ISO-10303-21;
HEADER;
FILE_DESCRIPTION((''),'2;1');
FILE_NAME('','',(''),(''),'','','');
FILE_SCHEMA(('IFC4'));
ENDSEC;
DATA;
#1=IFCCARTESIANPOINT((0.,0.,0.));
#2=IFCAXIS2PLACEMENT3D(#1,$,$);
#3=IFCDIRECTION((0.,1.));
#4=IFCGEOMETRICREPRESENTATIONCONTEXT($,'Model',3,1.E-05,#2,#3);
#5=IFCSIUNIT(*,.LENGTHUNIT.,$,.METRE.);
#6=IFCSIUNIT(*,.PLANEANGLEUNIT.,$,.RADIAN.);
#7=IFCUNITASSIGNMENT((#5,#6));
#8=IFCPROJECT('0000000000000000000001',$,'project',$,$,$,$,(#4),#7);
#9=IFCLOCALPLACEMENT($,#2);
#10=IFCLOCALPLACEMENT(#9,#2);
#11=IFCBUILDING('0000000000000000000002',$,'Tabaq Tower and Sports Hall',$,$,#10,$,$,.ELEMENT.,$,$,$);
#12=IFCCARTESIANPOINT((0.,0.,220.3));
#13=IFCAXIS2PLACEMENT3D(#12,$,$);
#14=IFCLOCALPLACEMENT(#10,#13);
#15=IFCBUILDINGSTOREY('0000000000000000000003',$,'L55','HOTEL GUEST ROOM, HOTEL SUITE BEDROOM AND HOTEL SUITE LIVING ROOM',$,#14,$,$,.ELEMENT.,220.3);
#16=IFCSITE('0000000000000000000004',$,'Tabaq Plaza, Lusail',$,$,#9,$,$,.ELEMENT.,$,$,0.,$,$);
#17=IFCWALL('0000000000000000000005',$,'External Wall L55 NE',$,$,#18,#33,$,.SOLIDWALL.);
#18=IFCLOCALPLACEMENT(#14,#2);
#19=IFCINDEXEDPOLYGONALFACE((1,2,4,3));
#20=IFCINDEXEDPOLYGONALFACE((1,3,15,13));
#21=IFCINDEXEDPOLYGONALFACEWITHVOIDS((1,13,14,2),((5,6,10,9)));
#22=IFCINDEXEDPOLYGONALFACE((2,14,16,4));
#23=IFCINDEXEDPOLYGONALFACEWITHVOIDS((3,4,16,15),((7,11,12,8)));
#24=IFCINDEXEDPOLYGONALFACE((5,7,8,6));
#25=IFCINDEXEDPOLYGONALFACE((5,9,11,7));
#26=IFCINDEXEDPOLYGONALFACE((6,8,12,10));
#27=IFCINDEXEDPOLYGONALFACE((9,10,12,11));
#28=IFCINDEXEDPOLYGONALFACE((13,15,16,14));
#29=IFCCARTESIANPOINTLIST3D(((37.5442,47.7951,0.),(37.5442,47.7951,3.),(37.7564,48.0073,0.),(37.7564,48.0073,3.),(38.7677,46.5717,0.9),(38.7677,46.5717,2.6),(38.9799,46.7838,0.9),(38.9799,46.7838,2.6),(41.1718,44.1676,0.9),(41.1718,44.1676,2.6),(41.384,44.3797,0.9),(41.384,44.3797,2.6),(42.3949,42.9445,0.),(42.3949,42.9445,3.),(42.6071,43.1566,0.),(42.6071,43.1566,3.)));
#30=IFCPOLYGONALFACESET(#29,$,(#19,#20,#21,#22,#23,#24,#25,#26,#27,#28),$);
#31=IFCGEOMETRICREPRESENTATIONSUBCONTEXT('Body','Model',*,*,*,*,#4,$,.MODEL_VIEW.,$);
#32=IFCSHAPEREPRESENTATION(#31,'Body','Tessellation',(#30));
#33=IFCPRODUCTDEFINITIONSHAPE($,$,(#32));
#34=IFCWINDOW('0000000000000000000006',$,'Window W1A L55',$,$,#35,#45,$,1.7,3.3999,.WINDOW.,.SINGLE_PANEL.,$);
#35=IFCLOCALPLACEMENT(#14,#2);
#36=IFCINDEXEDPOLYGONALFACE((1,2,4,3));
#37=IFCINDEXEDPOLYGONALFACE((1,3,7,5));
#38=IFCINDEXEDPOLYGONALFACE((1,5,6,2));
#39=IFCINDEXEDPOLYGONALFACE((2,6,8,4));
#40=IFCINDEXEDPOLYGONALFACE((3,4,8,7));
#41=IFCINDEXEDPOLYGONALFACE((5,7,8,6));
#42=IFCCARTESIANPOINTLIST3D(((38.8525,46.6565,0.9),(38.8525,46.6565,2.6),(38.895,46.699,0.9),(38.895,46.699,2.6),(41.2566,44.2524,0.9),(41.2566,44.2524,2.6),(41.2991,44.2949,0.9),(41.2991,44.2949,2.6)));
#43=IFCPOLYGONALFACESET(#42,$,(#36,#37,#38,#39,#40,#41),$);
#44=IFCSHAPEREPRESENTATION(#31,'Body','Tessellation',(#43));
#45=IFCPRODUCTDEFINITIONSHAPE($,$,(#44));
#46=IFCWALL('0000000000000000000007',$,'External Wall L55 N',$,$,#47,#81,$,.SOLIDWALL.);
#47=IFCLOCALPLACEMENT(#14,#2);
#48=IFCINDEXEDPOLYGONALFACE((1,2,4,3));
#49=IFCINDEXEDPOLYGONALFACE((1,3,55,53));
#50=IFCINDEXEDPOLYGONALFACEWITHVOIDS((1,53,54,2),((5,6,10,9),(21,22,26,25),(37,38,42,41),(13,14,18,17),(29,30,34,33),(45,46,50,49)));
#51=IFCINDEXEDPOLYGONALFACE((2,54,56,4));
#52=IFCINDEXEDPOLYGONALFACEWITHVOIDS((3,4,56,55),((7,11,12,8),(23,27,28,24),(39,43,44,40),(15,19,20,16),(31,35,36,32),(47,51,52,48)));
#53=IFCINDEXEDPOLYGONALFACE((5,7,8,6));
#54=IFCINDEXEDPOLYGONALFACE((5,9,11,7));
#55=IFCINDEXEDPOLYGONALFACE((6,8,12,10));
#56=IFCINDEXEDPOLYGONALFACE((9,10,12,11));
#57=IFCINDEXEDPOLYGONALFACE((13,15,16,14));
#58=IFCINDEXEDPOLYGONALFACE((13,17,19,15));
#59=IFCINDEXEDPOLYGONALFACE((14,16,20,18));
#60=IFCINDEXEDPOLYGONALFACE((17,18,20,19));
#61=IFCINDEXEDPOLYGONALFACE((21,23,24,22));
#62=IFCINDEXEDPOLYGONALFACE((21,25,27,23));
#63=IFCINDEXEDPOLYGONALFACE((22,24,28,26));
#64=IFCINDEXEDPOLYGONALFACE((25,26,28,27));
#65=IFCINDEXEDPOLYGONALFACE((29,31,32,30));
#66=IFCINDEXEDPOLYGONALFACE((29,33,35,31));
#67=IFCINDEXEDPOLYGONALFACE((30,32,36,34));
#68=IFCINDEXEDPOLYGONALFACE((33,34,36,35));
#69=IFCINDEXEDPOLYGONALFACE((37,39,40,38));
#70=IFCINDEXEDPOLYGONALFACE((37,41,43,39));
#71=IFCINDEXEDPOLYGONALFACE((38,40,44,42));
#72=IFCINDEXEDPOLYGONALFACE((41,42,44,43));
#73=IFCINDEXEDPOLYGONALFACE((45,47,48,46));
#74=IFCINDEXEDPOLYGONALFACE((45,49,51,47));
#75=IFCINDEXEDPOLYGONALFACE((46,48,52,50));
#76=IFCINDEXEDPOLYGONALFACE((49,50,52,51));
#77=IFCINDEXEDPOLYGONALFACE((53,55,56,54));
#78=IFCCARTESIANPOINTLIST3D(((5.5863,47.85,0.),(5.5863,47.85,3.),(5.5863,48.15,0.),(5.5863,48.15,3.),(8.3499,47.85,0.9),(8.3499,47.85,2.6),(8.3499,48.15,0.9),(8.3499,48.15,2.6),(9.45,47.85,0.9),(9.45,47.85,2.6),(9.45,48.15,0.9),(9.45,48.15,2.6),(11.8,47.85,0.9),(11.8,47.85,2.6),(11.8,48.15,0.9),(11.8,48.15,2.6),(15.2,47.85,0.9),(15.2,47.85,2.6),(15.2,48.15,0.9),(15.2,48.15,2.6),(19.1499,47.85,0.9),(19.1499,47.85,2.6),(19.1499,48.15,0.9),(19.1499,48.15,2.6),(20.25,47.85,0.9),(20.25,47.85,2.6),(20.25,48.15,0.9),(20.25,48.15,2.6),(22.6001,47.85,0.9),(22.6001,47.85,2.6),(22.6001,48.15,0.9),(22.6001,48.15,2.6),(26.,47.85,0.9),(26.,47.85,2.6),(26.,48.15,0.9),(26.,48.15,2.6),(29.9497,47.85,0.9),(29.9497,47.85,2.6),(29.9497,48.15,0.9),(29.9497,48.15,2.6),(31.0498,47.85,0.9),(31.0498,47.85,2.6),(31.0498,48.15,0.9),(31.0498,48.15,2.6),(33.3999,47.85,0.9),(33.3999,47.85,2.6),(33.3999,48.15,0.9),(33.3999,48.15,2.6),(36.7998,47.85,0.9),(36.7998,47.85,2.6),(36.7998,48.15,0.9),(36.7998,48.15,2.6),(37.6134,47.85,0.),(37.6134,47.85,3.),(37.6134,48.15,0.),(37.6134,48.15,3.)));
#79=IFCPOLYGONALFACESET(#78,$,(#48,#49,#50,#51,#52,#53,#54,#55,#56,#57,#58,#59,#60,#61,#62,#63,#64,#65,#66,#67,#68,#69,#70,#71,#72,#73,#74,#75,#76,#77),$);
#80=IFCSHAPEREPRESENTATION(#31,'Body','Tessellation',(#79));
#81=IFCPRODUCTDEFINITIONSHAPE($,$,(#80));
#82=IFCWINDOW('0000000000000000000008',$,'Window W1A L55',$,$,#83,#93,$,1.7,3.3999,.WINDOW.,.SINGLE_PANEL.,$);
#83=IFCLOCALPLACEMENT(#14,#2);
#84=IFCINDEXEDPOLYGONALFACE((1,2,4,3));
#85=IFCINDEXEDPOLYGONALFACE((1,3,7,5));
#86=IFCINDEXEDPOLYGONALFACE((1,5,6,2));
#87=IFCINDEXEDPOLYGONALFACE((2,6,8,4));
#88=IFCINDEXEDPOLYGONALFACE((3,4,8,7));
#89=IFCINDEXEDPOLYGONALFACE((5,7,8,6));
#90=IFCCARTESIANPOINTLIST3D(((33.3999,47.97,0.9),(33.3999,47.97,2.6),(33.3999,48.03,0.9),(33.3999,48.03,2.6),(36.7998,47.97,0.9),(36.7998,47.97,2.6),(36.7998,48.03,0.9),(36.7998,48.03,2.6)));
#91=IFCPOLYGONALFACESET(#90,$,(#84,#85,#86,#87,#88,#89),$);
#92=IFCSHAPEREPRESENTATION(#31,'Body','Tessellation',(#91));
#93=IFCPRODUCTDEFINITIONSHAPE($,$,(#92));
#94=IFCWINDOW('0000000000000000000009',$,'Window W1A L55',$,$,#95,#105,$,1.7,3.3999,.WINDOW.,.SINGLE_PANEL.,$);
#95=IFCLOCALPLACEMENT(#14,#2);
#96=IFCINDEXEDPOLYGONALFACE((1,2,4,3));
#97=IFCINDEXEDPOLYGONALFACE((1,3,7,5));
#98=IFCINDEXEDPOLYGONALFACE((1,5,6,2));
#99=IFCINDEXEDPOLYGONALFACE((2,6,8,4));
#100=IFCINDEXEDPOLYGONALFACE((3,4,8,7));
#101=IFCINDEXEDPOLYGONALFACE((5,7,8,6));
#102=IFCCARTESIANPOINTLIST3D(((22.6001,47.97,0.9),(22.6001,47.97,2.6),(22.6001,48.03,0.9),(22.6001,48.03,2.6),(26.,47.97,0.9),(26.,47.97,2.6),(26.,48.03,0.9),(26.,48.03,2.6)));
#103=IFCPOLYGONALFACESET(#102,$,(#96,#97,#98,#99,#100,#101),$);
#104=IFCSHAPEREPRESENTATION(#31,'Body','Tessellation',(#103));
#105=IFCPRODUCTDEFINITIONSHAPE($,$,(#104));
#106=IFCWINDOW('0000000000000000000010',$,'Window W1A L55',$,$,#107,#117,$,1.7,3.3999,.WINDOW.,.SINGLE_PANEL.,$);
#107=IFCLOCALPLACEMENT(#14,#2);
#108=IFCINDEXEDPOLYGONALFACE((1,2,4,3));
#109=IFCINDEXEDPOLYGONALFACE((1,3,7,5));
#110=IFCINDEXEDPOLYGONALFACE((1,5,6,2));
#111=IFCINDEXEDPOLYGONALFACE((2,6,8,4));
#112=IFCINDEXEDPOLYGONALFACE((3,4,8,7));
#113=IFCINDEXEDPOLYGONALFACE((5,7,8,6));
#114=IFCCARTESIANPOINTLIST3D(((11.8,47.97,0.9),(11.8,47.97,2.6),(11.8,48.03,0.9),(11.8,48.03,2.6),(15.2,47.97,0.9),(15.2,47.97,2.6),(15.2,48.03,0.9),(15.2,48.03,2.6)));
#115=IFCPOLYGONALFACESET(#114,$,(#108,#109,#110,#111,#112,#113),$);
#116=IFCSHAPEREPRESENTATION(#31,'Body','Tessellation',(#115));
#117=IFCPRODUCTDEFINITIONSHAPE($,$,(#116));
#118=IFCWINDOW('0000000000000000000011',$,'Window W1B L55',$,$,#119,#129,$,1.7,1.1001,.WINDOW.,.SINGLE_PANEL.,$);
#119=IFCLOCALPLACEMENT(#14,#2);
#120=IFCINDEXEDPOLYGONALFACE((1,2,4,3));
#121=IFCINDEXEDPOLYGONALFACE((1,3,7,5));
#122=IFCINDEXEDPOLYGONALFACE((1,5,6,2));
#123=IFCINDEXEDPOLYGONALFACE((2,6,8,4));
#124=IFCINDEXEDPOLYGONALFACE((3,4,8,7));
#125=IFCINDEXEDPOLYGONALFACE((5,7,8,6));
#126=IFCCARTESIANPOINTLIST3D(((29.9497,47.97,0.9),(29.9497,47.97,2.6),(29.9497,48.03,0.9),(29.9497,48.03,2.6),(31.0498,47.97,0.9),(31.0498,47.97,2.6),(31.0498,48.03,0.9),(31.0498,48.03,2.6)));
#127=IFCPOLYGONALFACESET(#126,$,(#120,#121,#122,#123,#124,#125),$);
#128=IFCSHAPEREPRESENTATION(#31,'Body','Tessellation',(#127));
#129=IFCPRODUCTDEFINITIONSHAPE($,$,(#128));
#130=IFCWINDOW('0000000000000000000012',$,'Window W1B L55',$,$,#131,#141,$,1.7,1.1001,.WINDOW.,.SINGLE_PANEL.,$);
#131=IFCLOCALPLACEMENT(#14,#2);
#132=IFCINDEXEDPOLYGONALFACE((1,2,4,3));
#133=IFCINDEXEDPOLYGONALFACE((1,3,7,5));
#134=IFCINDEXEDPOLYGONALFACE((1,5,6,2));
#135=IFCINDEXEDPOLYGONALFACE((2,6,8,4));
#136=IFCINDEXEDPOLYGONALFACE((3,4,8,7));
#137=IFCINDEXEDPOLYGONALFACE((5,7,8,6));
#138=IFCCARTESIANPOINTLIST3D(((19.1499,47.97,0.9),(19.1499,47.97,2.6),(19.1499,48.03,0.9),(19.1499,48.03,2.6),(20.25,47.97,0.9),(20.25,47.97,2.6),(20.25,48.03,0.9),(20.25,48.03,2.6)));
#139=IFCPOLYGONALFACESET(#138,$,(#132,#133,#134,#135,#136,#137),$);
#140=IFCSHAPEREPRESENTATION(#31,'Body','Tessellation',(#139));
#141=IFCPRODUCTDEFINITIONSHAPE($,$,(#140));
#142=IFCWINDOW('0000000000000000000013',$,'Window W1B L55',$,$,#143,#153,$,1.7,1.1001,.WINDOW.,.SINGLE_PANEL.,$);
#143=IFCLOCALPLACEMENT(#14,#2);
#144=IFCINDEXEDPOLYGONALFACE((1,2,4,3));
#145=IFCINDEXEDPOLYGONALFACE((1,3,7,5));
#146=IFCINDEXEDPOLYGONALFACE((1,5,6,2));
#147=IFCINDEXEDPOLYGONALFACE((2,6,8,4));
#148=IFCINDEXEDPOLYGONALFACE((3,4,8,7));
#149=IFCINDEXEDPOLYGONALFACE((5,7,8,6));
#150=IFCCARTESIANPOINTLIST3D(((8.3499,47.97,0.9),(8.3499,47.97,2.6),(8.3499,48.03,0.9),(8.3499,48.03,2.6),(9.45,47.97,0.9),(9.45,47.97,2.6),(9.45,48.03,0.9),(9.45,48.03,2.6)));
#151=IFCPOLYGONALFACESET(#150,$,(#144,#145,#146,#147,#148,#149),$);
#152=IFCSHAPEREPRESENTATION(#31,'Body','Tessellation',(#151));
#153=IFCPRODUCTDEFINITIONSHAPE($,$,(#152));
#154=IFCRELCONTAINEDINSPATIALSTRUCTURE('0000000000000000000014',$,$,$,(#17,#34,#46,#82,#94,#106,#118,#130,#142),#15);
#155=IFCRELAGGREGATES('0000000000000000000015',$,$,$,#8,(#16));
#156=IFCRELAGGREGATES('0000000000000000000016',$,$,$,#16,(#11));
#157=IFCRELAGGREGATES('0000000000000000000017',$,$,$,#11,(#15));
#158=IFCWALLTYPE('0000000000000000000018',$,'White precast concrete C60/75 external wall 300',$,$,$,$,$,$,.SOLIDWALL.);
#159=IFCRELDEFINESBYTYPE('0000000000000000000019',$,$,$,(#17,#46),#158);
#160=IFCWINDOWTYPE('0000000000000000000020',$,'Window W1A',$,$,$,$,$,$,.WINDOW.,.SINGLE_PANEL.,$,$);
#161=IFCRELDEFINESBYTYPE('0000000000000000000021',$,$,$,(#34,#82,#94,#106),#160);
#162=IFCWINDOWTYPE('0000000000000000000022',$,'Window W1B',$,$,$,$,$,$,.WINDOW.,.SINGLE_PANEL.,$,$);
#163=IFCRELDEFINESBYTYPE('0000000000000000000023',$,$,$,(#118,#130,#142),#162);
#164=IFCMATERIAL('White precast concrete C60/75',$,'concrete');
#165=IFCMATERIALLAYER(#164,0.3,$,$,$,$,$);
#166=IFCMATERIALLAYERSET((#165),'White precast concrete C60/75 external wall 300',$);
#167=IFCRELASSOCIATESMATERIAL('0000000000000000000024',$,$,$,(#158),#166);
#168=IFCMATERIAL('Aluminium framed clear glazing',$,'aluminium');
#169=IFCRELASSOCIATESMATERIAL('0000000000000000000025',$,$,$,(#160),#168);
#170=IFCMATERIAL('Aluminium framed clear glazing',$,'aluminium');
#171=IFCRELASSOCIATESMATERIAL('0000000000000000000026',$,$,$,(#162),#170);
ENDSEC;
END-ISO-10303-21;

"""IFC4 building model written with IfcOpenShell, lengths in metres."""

from ifc_helpers import new_model, si_unit, direction, frame, frame_2d, origin, place, context, subcontext, project, spatial, rectangle, extrude, material, layer, layer_set, type_object, element, fill, save


model = new_model("IFC4")

# Units and contexts
model_context = context("Model", 3, precision=1e-05, world=origin(), true_north=direction((0.0, 1.0)))
body_context = subcontext(model_context, "Body", "Model", "MODEL_VIEW")
ifc_project = project(units=[si_unit("LENGTHUNIT", "METRE"), si_unit("PLANEANGLEUNIT", "RADIAN")], contexts=[model_context])

# Site, building, storey
site_placement = place(None, origin())
site = spatial("IfcSite", under=ifc_project, at=site_placement, Name="Tabaq Plaza, Lusail", CompositionType="ELEMENT", RefElevation=0.0)
building_placement = place(site_placement, origin())
building = spatial("IfcBuilding", under=site, at=building_placement, Name="Tabaq Tower and Sports Hall", CompositionType="ELEMENT")
storey_placement = place(building_placement, frame((0.0, 0.0, 220.3)))
storey = spatial("IfcBuildingStorey", under=building, at=storey_placement, Name="L55", Description="HOTEL GUEST ROOM, HOTEL SUITE BEDROOM AND HOTEL SUITE LIVING ROOM", CompositionType="ELEMENT", Elevation=220.3)

# Wall, opening, window
ifc_material_1 = material(Name="White precast concrete C60/75", Category="concrete")
ifc_layer_1 = layer(ifc_material_1, 0.3)
ifc_layer_set_1 = layer_set([ifc_layer_1], Name="White precast concrete C60/75 external wall 300")
wall_type_1 = type_object("IfcWallType", Name="White precast concrete C60/75 external wall 300", PredefinedType="SOLIDWALL", material=ifc_layer_set_1)
wall_1_placement = place(storey_placement, frame((42.501, 43.0505, 0.0), z_axis=(0.0, 0.0, 1.0), x_axis=(-0.707107, 0.707107, 0.0)))
wall_1 = element("IfcWall", 1, at=wall_1_placement, inside=storey, type_object=wall_type_1, Name="External Wall L55 NE", PredefinedType="SOLIDWALL", context=body_context, shape_type="SweptSolid", body=[
    extrude(rectangle(XDim=6.8599, YDim=0.3, at=frame_2d((3.4299, 0.0))), origin(), (0.0, 0.0, 1.0), 3.0),
])
opening_1_placement = place(wall_1_placement, frame((1.7297, 0.0, 0.8999)))
opening_1 = element("IfcOpeningElement", 2, at=opening_1_placement, cuts=wall_1, PredefinedType="OPENING", context=body_context, shape_type="SweptSolid", body=[
    extrude(rectangle(XDim=3.3999, YDim=1.7, at=frame_2d((1.7, 0.8501))), frame((0.0, 0.1602, 0.0), z_axis=(0.0, -1.0, 0.0), x_axis=(1.0, 0.0, 0.0)), (0.0, 0.0, 1.0), 0.3201),
])
ifc_material_2 = material(Name="Aluminium framed clear glazing", Category="aluminium")
window_type_1 = type_object("IfcWindowType", Name="Window W1A", PartitioningType="SINGLE_PANEL", PredefinedType="WINDOW", material=ifc_material_2)
window_1_placement = place(opening_1_placement, origin())
window_1 = element("IfcWindow", 3, at=window_1_placement, inside=storey, type_object=window_type_1, Name="Window W1A L55", OverallHeight=1.7, OverallWidth=3.3999, PartitioningType="SINGLE_PANEL", PredefinedType="WINDOW", context=body_context, shape_type="SweptSolid", body=[
    extrude(rectangle(XDim=3.3999, YDim=1.7, at=frame_2d((1.7, 0.8501))), frame((0.0, 0.03, 0.0), z_axis=(0.0, -1.0, 0.0), x_axis=(1.0, 0.0, 0.0)), (0.0, 0.0, 1.0), 0.0601),
])
fill(opening_1, window_1)

# Wall, openings, windows
wall_2_placement = place(storey_placement, frame((37.6135, 48.0, 0.0), z_axis=(0.0, 0.0, 1.0), x_axis=(-1.0, 0.0, 0.0)))
wall_2 = element("IfcWall", 4, at=wall_2_placement, inside=storey, type_object=wall_type_1, Name="External Wall L55 N", PredefinedType="SOLIDWALL", context=body_context, shape_type="SweptSolid", body=[
    extrude(rectangle(XDim=32.0271, YDim=0.3, at=frame_2d((16.0137, 0.0))), origin(), (0.0, 0.0, 1.0), 3.0),
])
opening_2_placement = place(wall_2_placement, frame((0.8137, 0.0, 0.8999)))
opening_2 = element("IfcOpeningElement", 5, at=opening_2_placement, cuts=wall_2, PredefinedType="OPENING", context=body_context, shape_type="SweptSolid", body=[
    extrude(rectangle(XDim=3.3999, YDim=1.7, at=frame_2d((1.7, 0.8501))), frame((0.0, 0.1602, 0.0), z_axis=(0.0, -1.0, 0.0), x_axis=(1.0, 0.0, 0.0)), (0.0, 0.0, 1.0), 0.3201),
])
opening_3_placement = place(wall_2_placement, frame((6.5637, 0.0, 0.8999)))
opening_3 = element("IfcOpeningElement", 6, at=opening_3_placement, cuts=wall_2, PredefinedType="OPENING", context=body_context, shape_type="SweptSolid", body=[
    extrude(rectangle(XDim=1.1001, YDim=1.7, at=frame_2d((0.55, 0.8501))), frame((0.0, 0.1602, 0.0), z_axis=(0.0, -1.0, 0.0), x_axis=(1.0, 0.0, 0.0)), (0.0, 0.0, 1.0), 0.3201),
])
opening_4_placement = place(wall_2_placement, frame((11.6135, 0.0, 0.8999)))
opening_4 = element("IfcOpeningElement", 7, at=opening_4_placement, cuts=wall_2, PredefinedType="OPENING", context=body_context, shape_type="SweptSolid", body=[
    extrude(rectangle(XDim=3.3999, YDim=1.7, at=frame_2d((1.7, 0.8501))), frame((0.0, 0.1602, 0.0), z_axis=(0.0, -1.0, 0.0), x_axis=(1.0, 0.0, 0.0)), (0.0, 0.0, 1.0), 0.3201),
])
opening_5_placement = place(wall_2_placement, frame((17.3635, 0.0, 0.8999)))
opening_5 = element("IfcOpeningElement", 8, at=opening_5_placement, cuts=wall_2, PredefinedType="OPENING", context=body_context, shape_type="SweptSolid", body=[
    extrude(rectangle(XDim=1.1001, YDim=1.7, at=frame_2d((0.55, 0.8501))), frame((0.0, 0.1602, 0.0), z_axis=(0.0, -1.0, 0.0), x_axis=(1.0, 0.0, 0.0)), (0.0, 0.0, 1.0), 0.3201),
])
opening_6_placement = place(wall_2_placement, frame((22.4136, 0.0, 0.8999)))
opening_6 = element("IfcOpeningElement", 9, at=opening_6_placement, cuts=wall_2, PredefinedType="OPENING", context=body_context, shape_type="SweptSolid", body=[
    extrude(rectangle(XDim=3.3999, YDim=1.7, at=frame_2d((1.7, 0.8501))), frame((0.0, 0.1602, 0.0), z_axis=(0.0, -1.0, 0.0), x_axis=(1.0, 0.0, 0.0)), (0.0, 0.0, 1.0), 0.3201),
])
opening_7_placement = place(wall_2_placement, frame((28.1636, 0.0, 0.8999)))
opening_7 = element("IfcOpeningElement", 10, at=opening_7_placement, cuts=wall_2, PredefinedType="OPENING", context=body_context, shape_type="SweptSolid", body=[
    extrude(rectangle(XDim=1.1001, YDim=1.7, at=frame_2d((0.55, 0.8501))), frame((0.0, 0.1602, 0.0), z_axis=(0.0, -1.0, 0.0), x_axis=(1.0, 0.0, 0.0)), (0.0, 0.0, 1.0), 0.3201),
])
window_2_placement = place(opening_2_placement, origin())
window_2 = element("IfcWindow", 11, at=window_2_placement, inside=storey, type_object=window_type_1, Name="Window W1A L55", OverallHeight=1.7, OverallWidth=3.3999, PartitioningType="SINGLE_PANEL", PredefinedType="WINDOW", context=body_context, shape_type="SweptSolid", body=[
    extrude(rectangle(XDim=3.3999, YDim=1.7, at=frame_2d((1.7, 0.8501))), frame((0.0, 0.03, 0.0), z_axis=(0.0, -1.0, 0.0), x_axis=(1.0, 0.0, 0.0)), (0.0, 0.0, 1.0), 0.0601),
])
fill(opening_2, window_2)
window_3_placement = place(opening_4_placement, origin())
window_3 = element("IfcWindow", 12, at=window_3_placement, inside=storey, type_object=window_type_1, Name="Window W1A L55", OverallHeight=1.7, OverallWidth=3.3999, PartitioningType="SINGLE_PANEL", PredefinedType="WINDOW", context=body_context, shape_type="SweptSolid", body=[
    extrude(rectangle(XDim=3.3999, YDim=1.7, at=frame_2d((1.7, 0.8501))), frame((0.0, 0.03, 0.0), z_axis=(0.0, -1.0, 0.0), x_axis=(1.0, 0.0, 0.0)), (0.0, 0.0, 1.0), 0.0601),
])
fill(opening_4, window_3)
window_4_placement = place(opening_6_placement, origin())
window_4 = element("IfcWindow", 13, at=window_4_placement, inside=storey, type_object=window_type_1, Name="Window W1A L55", OverallHeight=1.7, OverallWidth=3.3999, PartitioningType="SINGLE_PANEL", PredefinedType="WINDOW", context=body_context, shape_type="SweptSolid", body=[
    extrude(rectangle(XDim=3.3999, YDim=1.7, at=frame_2d((1.7, 0.8501))), frame((0.0, 0.03, 0.0), z_axis=(0.0, -1.0, 0.0), x_axis=(1.0, 0.0, 0.0)), (0.0, 0.0, 1.0), 0.0601),
])
fill(opening_6, window_4)
ifc_material_3 = material(Name="Aluminium framed clear glazing", Category="aluminium")
window_type_2 = type_object("IfcWindowType", Name="Window W1B", PartitioningType="SINGLE_PANEL", PredefinedType="WINDOW", material=ifc_material_3)
window_5_placement = place(opening_3_placement, origin())
window_5 = element("IfcWindow", 14, at=window_5_placement, inside=storey, type_object=window_type_2, Name="Window W1B L55", OverallHeight=1.7, OverallWidth=1.1001, PartitioningType="SINGLE_PANEL", PredefinedType="WINDOW", context=body_context, shape_type="SweptSolid", body=[
    extrude(rectangle(XDim=1.1001, YDim=1.7, at=frame_2d((0.55, 0.8501))), frame((0.0, 0.03, 0.0), z_axis=(0.0, -1.0, 0.0), x_axis=(1.0, 0.0, 0.0)), (0.0, 0.0, 1.0), 0.0601),
])
fill(opening_3, window_5)
window_6_placement = place(opening_5_placement, origin())
window_6 = element("IfcWindow", 15, at=window_6_placement, inside=storey, type_object=window_type_2, Name="Window W1B L55", OverallHeight=1.7, OverallWidth=1.1001, PartitioningType="SINGLE_PANEL", PredefinedType="WINDOW", context=body_context, shape_type="SweptSolid", body=[
    extrude(rectangle(XDim=1.1001, YDim=1.7, at=frame_2d((0.55, 0.8501))), frame((0.0, 0.03, 0.0), z_axis=(0.0, -1.0, 0.0), x_axis=(1.0, 0.0, 0.0)), (0.0, 0.0, 1.0), 0.0601),
])
fill(opening_5, window_6)
window_7_placement = place(opening_7_placement, origin())
window_7 = element("IfcWindow", 16, at=window_7_placement, inside=storey, type_object=window_type_2, Name="Window W1B L55", OverallHeight=1.7, OverallWidth=1.1001, PartitioningType="SINGLE_PANEL", PredefinedType="WINDOW", context=body_context, shape_type="SweptSolid", body=[
    extrude(rectangle(XDim=1.1001, YDim=1.7, at=frame_2d((0.55, 0.8501))), frame((0.0, 0.03, 0.0), z_axis=(0.0, -1.0, 0.0), x_axis=(1.0, 0.0, 0.0)), (0.0, 0.0, 1.0), 0.0601),
])
fill(opening_7, window_7)

save(model, "model.ifc")
